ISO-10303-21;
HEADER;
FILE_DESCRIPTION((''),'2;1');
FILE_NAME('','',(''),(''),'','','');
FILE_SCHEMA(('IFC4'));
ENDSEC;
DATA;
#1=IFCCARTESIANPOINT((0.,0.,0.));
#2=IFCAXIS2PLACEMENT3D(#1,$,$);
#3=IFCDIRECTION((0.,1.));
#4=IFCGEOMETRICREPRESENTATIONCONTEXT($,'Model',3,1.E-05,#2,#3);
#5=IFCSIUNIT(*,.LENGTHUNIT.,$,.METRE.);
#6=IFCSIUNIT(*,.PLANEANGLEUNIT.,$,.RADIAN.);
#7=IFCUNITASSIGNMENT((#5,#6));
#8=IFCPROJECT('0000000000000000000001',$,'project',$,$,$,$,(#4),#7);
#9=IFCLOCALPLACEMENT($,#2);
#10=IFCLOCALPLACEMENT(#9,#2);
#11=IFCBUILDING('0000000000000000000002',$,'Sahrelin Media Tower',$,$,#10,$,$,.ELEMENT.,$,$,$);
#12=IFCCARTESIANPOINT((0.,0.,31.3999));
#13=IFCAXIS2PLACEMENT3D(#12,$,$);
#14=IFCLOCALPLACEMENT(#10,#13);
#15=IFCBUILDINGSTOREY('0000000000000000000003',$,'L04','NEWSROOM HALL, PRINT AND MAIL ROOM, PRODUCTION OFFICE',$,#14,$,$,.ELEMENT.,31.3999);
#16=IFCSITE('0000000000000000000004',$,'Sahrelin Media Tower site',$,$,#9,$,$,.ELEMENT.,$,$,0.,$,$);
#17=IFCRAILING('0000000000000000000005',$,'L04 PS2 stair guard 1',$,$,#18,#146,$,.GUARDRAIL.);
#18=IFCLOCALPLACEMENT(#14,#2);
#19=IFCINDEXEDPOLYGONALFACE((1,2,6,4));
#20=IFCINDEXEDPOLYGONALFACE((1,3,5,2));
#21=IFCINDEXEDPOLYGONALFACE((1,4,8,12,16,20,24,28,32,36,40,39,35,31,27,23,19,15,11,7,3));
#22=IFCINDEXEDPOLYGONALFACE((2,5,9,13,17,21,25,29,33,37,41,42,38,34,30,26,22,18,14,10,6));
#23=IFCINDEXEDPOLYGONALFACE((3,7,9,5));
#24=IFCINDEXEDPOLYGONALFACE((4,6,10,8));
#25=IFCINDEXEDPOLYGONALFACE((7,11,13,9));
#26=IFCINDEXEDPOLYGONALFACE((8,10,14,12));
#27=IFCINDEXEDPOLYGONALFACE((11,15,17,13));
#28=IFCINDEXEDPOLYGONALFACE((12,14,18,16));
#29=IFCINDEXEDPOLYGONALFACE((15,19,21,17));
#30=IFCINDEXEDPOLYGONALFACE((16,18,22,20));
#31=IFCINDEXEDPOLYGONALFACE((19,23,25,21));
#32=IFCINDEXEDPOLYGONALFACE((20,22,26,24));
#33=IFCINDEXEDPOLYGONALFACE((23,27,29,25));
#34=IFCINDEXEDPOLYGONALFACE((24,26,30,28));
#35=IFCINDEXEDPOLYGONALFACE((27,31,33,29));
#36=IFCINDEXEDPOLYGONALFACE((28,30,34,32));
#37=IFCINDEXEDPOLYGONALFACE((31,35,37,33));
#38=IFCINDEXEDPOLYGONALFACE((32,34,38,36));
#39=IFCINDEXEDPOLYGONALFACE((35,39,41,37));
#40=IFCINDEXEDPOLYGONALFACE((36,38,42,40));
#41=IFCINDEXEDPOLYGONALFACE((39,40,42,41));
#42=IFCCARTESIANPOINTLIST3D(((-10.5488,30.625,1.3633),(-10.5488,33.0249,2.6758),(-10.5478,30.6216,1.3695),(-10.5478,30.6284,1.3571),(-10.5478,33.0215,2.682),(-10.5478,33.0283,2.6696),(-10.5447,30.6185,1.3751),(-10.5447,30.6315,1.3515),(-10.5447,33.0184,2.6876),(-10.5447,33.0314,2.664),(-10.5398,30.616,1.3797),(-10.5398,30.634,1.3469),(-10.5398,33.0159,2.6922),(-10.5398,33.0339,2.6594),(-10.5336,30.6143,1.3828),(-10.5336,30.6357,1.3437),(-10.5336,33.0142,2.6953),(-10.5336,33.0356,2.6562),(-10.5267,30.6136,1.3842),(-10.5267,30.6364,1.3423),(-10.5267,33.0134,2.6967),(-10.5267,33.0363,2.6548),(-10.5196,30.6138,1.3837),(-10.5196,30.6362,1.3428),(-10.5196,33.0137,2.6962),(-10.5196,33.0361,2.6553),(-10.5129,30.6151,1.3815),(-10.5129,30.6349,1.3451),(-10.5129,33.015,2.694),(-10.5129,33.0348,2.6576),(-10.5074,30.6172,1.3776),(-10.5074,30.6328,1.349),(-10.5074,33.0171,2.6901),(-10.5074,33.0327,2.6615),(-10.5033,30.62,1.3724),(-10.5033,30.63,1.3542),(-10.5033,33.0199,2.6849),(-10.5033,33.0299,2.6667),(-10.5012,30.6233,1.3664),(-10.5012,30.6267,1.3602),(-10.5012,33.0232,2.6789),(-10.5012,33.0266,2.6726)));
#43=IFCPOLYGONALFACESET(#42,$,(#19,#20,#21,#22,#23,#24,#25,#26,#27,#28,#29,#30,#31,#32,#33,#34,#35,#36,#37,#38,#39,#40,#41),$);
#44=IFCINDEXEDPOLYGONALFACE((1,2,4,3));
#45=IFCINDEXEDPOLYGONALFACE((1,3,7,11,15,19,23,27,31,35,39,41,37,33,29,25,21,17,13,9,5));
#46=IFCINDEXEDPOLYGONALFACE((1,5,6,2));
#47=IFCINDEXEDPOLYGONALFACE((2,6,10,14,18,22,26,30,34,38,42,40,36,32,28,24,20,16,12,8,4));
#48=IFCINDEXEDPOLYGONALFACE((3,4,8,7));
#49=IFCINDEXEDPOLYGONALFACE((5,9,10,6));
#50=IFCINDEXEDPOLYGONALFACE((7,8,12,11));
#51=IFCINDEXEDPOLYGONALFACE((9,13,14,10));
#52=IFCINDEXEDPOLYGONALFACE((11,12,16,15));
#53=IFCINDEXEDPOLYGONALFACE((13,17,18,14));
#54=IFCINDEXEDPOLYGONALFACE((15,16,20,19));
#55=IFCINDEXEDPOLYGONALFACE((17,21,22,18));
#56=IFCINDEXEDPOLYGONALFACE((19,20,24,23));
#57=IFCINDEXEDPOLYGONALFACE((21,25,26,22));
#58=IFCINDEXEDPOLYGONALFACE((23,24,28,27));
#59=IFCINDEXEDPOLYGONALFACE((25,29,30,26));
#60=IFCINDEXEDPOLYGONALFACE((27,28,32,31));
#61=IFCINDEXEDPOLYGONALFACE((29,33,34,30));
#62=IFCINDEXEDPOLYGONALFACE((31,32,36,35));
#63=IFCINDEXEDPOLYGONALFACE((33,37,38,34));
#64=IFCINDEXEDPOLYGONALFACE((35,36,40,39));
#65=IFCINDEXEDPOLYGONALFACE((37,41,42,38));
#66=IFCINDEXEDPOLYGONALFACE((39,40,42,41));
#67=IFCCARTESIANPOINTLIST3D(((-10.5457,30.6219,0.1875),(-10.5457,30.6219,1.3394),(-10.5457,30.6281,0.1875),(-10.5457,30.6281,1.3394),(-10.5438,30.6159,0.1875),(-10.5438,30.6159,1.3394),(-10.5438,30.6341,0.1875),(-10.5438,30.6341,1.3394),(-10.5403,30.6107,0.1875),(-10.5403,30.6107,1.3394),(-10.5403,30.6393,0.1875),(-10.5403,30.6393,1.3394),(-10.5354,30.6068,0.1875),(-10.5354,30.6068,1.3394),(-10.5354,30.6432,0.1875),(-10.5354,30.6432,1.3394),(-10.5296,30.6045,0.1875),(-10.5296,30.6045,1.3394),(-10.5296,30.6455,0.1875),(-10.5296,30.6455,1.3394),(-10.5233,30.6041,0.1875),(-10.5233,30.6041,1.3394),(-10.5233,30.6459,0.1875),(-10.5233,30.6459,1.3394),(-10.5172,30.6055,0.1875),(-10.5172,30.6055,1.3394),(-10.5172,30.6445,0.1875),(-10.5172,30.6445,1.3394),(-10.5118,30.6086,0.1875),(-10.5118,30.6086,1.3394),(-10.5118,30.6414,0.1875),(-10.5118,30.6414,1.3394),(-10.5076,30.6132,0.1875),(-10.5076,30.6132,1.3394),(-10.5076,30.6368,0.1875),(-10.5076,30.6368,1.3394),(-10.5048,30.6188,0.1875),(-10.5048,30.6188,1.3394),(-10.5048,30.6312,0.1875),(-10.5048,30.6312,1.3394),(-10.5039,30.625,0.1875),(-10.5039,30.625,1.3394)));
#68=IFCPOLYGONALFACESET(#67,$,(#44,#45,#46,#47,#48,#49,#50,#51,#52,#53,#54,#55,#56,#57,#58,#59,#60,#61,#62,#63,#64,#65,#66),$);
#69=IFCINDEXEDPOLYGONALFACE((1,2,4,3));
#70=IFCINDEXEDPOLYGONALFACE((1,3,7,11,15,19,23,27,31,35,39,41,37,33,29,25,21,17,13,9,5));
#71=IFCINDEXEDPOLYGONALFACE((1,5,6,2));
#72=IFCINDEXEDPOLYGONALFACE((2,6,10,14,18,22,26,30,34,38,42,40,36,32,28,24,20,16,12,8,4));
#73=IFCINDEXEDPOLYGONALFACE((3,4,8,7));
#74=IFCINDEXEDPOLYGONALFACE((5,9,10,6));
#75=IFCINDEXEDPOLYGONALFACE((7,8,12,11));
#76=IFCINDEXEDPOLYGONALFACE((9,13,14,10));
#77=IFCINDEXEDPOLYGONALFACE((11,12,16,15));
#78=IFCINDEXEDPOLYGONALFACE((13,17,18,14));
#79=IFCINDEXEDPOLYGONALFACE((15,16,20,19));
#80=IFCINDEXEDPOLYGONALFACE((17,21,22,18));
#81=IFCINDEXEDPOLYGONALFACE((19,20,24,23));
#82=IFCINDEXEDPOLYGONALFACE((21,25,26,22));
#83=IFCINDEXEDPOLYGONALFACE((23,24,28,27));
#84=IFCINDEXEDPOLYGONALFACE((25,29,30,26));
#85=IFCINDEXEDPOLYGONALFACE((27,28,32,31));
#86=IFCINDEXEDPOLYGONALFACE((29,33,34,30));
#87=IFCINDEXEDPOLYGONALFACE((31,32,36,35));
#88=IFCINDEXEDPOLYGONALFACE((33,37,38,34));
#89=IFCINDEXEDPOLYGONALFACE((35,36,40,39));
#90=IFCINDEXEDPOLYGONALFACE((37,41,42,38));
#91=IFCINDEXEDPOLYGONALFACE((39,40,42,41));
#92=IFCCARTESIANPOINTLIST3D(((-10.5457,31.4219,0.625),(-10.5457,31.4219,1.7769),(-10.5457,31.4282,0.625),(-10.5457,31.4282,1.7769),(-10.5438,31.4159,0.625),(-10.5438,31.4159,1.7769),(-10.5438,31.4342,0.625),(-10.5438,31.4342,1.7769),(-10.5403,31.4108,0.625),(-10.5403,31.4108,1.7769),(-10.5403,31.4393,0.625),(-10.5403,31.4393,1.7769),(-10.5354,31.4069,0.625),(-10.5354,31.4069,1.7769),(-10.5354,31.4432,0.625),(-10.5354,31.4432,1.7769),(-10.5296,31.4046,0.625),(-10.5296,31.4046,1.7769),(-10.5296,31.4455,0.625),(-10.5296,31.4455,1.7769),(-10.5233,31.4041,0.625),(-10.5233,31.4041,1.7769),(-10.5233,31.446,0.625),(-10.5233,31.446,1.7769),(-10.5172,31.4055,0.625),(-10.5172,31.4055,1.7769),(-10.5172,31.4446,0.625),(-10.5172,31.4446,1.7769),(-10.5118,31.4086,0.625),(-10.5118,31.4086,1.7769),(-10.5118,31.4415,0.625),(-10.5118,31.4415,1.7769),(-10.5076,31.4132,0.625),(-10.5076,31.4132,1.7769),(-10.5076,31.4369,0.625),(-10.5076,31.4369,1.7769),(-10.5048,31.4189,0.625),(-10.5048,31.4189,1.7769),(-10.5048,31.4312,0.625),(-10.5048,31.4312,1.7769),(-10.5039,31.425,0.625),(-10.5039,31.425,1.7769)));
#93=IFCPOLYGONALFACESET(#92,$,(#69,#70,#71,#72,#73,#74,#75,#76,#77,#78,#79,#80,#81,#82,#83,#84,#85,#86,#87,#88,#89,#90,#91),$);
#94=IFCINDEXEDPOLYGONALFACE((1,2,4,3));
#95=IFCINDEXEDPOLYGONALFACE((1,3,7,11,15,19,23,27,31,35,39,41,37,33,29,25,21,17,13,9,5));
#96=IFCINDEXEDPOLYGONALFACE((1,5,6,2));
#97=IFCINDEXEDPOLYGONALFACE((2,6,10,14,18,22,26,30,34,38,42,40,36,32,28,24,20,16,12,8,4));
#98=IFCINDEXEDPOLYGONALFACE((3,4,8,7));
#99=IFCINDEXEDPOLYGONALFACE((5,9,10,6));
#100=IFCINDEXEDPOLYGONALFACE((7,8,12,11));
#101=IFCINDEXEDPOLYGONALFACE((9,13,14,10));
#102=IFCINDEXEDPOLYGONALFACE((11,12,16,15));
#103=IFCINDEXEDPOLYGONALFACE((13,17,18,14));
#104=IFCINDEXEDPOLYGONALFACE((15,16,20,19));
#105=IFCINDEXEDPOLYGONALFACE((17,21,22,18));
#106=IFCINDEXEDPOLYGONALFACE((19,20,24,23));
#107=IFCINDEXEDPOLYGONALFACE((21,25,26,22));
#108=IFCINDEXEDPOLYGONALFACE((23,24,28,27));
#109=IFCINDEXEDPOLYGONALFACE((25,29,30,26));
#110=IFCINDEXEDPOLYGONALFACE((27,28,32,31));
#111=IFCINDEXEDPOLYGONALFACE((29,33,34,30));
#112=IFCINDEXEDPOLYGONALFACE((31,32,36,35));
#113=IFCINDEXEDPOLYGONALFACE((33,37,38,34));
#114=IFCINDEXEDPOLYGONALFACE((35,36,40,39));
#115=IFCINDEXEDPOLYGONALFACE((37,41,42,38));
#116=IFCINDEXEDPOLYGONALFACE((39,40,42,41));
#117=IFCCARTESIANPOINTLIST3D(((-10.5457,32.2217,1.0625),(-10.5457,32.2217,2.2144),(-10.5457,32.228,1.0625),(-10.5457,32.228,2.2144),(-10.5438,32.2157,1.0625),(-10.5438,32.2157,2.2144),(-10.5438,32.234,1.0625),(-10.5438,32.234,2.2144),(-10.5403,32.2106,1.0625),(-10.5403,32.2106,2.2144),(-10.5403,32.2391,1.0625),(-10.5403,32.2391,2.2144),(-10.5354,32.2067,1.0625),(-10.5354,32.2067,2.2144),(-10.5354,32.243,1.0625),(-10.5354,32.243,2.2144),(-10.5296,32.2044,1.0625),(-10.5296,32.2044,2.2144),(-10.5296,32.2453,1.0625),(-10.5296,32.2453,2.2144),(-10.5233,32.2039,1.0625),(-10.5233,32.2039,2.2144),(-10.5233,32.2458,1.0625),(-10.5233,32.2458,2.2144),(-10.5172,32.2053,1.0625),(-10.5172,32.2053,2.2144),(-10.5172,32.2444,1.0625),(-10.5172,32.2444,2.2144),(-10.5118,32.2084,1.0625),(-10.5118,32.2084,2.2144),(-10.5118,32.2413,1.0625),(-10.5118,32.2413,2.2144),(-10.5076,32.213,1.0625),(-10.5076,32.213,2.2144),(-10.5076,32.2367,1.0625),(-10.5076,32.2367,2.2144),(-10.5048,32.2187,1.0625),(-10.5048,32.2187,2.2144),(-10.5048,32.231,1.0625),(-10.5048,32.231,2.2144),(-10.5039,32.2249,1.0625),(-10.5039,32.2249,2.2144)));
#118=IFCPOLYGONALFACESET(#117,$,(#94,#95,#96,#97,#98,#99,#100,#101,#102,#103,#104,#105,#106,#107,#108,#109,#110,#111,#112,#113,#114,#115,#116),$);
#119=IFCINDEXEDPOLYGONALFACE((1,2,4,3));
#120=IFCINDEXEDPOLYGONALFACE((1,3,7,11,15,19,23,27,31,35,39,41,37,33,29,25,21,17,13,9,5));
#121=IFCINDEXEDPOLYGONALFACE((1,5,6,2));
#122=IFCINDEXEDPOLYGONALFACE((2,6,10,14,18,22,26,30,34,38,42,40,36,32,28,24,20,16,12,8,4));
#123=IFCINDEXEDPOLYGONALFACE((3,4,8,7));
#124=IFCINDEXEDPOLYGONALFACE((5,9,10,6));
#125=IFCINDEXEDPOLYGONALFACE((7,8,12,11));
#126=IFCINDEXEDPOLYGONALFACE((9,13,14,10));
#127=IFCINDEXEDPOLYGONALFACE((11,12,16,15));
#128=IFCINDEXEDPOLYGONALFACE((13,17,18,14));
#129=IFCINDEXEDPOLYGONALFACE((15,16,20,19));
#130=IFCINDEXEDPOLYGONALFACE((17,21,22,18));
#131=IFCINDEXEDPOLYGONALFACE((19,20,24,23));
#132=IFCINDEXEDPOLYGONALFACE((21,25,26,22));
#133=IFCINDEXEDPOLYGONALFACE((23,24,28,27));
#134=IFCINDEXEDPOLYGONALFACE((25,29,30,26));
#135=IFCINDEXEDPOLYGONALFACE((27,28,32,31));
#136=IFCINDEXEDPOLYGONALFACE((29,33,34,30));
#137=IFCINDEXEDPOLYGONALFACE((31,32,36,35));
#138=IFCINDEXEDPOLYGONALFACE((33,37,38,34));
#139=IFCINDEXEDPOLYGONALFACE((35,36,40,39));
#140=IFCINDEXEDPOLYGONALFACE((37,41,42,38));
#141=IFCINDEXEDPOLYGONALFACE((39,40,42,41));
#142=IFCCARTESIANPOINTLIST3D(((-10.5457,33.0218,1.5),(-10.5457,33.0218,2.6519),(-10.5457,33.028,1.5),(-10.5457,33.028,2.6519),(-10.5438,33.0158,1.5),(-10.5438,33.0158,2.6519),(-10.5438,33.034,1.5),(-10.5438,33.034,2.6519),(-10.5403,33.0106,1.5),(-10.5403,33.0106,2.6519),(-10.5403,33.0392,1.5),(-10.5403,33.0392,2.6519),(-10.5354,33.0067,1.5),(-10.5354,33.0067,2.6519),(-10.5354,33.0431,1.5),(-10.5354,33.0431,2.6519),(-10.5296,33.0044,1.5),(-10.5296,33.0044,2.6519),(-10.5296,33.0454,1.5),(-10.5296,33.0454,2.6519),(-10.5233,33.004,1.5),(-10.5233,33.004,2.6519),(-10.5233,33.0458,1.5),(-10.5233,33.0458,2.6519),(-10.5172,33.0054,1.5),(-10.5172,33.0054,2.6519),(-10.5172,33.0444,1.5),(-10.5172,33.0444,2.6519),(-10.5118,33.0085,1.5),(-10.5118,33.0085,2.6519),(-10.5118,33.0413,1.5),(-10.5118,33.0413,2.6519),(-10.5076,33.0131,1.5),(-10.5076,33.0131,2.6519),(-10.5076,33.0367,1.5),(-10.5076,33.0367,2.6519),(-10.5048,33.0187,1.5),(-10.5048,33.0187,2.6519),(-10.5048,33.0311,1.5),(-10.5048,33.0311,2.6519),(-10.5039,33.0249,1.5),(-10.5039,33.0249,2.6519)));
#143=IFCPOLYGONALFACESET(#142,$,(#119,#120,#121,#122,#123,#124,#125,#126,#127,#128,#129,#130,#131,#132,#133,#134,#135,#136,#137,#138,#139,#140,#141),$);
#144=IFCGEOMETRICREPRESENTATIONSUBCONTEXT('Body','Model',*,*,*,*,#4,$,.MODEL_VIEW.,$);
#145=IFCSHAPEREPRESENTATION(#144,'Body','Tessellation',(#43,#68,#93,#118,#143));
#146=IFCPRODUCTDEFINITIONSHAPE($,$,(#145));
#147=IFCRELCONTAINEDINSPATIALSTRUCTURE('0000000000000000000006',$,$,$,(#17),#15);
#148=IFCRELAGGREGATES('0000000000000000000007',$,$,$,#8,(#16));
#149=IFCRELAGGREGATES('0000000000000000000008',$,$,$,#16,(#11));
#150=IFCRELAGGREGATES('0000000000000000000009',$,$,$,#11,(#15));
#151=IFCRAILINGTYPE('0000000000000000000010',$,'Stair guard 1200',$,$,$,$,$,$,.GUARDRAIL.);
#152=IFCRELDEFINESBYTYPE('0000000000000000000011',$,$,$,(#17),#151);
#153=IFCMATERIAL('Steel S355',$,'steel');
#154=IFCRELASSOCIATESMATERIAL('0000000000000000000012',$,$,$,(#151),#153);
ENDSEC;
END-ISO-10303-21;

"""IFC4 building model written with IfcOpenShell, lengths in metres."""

from ifc_helpers import new_model, si_unit, direction, frame, origin, origin_2d, place, context, subcontext, project, spatial, circle, extrude, material, type_object, element, save


model = new_model("IFC4")

# Units and contexts
model_context = context("Model", 3, precision=1e-05, world=origin(), true_north=direction((0.0, 1.0)))
body_context = subcontext(model_context, "Body", "Model", "MODEL_VIEW")
ifc_project = project(units=[si_unit("LENGTHUNIT", "METRE"), si_unit("PLANEANGLEUNIT", "RADIAN")], contexts=[model_context])

# Site, building, storey
site_placement = place(None, origin())
site = spatial("IfcSite", under=ifc_project, at=site_placement, Name="Sahrelin Media Tower site", CompositionType="ELEMENT", RefElevation=0.0)
building_placement = place(site_placement, origin())
building = spatial("IfcBuilding", under=site, at=building_placement, Name="Sahrelin Media Tower", CompositionType="ELEMENT")
storey_placement = place(building_placement, frame((0.0, 0.0, 31.3999)))
storey = spatial("IfcBuildingStorey", under=building, at=storey_placement, Name="L04", Description="NEWSROOM HALL, PRINT AND MAIL ROOM, PRODUCTION OFFICE", CompositionType="ELEMENT", Elevation=31.3999)

# Shared definitions
ifc_material_1 = material(Name="Steel S355", Category="steel")

# Railing
railing_type_1 = type_object("IfcRailingType", Name="Stair guard 1200", PredefinedType="GUARDRAIL", material=ifc_material_1)
railing_1_placement = place(storey_placement, frame((-10.5249, 30.625, 0.1875)))
element("IfcRailing", 1, at=railing_1_placement, inside=storey, type_object=railing_type_1, Name="L04 PS2 stair guard 1", PredefinedType="GUARDRAIL", context=body_context, shape_type="SweptSolid", body=[
    extrude(circle(Radius=0.0239, at=origin_2d()), frame((0.0, 0.0, 1.1758), z_axis=(0.0, 0.877363, 0.479827), x_axis=(-1.0, 0.0, 0.0)), (0.0, 0.0, 1.0), 2.7354),
    extrude(circle(Radius=0.021, at=origin_2d()), origin(), (0.0, 0.0, 1.0), 1.1519),
    extrude(circle(Radius=0.021, at=origin_2d()), frame((0.0, 0.8, 0.4375)), (0.0, 0.0, 1.0), 1.1519),
    extrude(circle(Radius=0.021, at=origin_2d()), frame((0.0, 1.5999, 0.875)), (0.0, 0.0, 1.0), 1.1519),
    extrude(circle(Radius=0.021, at=origin_2d()), frame((0.0, 2.3999, 1.3125)), (0.0, 0.0, 1.0), 1.1519),
])

save(model, "model.ifc")
